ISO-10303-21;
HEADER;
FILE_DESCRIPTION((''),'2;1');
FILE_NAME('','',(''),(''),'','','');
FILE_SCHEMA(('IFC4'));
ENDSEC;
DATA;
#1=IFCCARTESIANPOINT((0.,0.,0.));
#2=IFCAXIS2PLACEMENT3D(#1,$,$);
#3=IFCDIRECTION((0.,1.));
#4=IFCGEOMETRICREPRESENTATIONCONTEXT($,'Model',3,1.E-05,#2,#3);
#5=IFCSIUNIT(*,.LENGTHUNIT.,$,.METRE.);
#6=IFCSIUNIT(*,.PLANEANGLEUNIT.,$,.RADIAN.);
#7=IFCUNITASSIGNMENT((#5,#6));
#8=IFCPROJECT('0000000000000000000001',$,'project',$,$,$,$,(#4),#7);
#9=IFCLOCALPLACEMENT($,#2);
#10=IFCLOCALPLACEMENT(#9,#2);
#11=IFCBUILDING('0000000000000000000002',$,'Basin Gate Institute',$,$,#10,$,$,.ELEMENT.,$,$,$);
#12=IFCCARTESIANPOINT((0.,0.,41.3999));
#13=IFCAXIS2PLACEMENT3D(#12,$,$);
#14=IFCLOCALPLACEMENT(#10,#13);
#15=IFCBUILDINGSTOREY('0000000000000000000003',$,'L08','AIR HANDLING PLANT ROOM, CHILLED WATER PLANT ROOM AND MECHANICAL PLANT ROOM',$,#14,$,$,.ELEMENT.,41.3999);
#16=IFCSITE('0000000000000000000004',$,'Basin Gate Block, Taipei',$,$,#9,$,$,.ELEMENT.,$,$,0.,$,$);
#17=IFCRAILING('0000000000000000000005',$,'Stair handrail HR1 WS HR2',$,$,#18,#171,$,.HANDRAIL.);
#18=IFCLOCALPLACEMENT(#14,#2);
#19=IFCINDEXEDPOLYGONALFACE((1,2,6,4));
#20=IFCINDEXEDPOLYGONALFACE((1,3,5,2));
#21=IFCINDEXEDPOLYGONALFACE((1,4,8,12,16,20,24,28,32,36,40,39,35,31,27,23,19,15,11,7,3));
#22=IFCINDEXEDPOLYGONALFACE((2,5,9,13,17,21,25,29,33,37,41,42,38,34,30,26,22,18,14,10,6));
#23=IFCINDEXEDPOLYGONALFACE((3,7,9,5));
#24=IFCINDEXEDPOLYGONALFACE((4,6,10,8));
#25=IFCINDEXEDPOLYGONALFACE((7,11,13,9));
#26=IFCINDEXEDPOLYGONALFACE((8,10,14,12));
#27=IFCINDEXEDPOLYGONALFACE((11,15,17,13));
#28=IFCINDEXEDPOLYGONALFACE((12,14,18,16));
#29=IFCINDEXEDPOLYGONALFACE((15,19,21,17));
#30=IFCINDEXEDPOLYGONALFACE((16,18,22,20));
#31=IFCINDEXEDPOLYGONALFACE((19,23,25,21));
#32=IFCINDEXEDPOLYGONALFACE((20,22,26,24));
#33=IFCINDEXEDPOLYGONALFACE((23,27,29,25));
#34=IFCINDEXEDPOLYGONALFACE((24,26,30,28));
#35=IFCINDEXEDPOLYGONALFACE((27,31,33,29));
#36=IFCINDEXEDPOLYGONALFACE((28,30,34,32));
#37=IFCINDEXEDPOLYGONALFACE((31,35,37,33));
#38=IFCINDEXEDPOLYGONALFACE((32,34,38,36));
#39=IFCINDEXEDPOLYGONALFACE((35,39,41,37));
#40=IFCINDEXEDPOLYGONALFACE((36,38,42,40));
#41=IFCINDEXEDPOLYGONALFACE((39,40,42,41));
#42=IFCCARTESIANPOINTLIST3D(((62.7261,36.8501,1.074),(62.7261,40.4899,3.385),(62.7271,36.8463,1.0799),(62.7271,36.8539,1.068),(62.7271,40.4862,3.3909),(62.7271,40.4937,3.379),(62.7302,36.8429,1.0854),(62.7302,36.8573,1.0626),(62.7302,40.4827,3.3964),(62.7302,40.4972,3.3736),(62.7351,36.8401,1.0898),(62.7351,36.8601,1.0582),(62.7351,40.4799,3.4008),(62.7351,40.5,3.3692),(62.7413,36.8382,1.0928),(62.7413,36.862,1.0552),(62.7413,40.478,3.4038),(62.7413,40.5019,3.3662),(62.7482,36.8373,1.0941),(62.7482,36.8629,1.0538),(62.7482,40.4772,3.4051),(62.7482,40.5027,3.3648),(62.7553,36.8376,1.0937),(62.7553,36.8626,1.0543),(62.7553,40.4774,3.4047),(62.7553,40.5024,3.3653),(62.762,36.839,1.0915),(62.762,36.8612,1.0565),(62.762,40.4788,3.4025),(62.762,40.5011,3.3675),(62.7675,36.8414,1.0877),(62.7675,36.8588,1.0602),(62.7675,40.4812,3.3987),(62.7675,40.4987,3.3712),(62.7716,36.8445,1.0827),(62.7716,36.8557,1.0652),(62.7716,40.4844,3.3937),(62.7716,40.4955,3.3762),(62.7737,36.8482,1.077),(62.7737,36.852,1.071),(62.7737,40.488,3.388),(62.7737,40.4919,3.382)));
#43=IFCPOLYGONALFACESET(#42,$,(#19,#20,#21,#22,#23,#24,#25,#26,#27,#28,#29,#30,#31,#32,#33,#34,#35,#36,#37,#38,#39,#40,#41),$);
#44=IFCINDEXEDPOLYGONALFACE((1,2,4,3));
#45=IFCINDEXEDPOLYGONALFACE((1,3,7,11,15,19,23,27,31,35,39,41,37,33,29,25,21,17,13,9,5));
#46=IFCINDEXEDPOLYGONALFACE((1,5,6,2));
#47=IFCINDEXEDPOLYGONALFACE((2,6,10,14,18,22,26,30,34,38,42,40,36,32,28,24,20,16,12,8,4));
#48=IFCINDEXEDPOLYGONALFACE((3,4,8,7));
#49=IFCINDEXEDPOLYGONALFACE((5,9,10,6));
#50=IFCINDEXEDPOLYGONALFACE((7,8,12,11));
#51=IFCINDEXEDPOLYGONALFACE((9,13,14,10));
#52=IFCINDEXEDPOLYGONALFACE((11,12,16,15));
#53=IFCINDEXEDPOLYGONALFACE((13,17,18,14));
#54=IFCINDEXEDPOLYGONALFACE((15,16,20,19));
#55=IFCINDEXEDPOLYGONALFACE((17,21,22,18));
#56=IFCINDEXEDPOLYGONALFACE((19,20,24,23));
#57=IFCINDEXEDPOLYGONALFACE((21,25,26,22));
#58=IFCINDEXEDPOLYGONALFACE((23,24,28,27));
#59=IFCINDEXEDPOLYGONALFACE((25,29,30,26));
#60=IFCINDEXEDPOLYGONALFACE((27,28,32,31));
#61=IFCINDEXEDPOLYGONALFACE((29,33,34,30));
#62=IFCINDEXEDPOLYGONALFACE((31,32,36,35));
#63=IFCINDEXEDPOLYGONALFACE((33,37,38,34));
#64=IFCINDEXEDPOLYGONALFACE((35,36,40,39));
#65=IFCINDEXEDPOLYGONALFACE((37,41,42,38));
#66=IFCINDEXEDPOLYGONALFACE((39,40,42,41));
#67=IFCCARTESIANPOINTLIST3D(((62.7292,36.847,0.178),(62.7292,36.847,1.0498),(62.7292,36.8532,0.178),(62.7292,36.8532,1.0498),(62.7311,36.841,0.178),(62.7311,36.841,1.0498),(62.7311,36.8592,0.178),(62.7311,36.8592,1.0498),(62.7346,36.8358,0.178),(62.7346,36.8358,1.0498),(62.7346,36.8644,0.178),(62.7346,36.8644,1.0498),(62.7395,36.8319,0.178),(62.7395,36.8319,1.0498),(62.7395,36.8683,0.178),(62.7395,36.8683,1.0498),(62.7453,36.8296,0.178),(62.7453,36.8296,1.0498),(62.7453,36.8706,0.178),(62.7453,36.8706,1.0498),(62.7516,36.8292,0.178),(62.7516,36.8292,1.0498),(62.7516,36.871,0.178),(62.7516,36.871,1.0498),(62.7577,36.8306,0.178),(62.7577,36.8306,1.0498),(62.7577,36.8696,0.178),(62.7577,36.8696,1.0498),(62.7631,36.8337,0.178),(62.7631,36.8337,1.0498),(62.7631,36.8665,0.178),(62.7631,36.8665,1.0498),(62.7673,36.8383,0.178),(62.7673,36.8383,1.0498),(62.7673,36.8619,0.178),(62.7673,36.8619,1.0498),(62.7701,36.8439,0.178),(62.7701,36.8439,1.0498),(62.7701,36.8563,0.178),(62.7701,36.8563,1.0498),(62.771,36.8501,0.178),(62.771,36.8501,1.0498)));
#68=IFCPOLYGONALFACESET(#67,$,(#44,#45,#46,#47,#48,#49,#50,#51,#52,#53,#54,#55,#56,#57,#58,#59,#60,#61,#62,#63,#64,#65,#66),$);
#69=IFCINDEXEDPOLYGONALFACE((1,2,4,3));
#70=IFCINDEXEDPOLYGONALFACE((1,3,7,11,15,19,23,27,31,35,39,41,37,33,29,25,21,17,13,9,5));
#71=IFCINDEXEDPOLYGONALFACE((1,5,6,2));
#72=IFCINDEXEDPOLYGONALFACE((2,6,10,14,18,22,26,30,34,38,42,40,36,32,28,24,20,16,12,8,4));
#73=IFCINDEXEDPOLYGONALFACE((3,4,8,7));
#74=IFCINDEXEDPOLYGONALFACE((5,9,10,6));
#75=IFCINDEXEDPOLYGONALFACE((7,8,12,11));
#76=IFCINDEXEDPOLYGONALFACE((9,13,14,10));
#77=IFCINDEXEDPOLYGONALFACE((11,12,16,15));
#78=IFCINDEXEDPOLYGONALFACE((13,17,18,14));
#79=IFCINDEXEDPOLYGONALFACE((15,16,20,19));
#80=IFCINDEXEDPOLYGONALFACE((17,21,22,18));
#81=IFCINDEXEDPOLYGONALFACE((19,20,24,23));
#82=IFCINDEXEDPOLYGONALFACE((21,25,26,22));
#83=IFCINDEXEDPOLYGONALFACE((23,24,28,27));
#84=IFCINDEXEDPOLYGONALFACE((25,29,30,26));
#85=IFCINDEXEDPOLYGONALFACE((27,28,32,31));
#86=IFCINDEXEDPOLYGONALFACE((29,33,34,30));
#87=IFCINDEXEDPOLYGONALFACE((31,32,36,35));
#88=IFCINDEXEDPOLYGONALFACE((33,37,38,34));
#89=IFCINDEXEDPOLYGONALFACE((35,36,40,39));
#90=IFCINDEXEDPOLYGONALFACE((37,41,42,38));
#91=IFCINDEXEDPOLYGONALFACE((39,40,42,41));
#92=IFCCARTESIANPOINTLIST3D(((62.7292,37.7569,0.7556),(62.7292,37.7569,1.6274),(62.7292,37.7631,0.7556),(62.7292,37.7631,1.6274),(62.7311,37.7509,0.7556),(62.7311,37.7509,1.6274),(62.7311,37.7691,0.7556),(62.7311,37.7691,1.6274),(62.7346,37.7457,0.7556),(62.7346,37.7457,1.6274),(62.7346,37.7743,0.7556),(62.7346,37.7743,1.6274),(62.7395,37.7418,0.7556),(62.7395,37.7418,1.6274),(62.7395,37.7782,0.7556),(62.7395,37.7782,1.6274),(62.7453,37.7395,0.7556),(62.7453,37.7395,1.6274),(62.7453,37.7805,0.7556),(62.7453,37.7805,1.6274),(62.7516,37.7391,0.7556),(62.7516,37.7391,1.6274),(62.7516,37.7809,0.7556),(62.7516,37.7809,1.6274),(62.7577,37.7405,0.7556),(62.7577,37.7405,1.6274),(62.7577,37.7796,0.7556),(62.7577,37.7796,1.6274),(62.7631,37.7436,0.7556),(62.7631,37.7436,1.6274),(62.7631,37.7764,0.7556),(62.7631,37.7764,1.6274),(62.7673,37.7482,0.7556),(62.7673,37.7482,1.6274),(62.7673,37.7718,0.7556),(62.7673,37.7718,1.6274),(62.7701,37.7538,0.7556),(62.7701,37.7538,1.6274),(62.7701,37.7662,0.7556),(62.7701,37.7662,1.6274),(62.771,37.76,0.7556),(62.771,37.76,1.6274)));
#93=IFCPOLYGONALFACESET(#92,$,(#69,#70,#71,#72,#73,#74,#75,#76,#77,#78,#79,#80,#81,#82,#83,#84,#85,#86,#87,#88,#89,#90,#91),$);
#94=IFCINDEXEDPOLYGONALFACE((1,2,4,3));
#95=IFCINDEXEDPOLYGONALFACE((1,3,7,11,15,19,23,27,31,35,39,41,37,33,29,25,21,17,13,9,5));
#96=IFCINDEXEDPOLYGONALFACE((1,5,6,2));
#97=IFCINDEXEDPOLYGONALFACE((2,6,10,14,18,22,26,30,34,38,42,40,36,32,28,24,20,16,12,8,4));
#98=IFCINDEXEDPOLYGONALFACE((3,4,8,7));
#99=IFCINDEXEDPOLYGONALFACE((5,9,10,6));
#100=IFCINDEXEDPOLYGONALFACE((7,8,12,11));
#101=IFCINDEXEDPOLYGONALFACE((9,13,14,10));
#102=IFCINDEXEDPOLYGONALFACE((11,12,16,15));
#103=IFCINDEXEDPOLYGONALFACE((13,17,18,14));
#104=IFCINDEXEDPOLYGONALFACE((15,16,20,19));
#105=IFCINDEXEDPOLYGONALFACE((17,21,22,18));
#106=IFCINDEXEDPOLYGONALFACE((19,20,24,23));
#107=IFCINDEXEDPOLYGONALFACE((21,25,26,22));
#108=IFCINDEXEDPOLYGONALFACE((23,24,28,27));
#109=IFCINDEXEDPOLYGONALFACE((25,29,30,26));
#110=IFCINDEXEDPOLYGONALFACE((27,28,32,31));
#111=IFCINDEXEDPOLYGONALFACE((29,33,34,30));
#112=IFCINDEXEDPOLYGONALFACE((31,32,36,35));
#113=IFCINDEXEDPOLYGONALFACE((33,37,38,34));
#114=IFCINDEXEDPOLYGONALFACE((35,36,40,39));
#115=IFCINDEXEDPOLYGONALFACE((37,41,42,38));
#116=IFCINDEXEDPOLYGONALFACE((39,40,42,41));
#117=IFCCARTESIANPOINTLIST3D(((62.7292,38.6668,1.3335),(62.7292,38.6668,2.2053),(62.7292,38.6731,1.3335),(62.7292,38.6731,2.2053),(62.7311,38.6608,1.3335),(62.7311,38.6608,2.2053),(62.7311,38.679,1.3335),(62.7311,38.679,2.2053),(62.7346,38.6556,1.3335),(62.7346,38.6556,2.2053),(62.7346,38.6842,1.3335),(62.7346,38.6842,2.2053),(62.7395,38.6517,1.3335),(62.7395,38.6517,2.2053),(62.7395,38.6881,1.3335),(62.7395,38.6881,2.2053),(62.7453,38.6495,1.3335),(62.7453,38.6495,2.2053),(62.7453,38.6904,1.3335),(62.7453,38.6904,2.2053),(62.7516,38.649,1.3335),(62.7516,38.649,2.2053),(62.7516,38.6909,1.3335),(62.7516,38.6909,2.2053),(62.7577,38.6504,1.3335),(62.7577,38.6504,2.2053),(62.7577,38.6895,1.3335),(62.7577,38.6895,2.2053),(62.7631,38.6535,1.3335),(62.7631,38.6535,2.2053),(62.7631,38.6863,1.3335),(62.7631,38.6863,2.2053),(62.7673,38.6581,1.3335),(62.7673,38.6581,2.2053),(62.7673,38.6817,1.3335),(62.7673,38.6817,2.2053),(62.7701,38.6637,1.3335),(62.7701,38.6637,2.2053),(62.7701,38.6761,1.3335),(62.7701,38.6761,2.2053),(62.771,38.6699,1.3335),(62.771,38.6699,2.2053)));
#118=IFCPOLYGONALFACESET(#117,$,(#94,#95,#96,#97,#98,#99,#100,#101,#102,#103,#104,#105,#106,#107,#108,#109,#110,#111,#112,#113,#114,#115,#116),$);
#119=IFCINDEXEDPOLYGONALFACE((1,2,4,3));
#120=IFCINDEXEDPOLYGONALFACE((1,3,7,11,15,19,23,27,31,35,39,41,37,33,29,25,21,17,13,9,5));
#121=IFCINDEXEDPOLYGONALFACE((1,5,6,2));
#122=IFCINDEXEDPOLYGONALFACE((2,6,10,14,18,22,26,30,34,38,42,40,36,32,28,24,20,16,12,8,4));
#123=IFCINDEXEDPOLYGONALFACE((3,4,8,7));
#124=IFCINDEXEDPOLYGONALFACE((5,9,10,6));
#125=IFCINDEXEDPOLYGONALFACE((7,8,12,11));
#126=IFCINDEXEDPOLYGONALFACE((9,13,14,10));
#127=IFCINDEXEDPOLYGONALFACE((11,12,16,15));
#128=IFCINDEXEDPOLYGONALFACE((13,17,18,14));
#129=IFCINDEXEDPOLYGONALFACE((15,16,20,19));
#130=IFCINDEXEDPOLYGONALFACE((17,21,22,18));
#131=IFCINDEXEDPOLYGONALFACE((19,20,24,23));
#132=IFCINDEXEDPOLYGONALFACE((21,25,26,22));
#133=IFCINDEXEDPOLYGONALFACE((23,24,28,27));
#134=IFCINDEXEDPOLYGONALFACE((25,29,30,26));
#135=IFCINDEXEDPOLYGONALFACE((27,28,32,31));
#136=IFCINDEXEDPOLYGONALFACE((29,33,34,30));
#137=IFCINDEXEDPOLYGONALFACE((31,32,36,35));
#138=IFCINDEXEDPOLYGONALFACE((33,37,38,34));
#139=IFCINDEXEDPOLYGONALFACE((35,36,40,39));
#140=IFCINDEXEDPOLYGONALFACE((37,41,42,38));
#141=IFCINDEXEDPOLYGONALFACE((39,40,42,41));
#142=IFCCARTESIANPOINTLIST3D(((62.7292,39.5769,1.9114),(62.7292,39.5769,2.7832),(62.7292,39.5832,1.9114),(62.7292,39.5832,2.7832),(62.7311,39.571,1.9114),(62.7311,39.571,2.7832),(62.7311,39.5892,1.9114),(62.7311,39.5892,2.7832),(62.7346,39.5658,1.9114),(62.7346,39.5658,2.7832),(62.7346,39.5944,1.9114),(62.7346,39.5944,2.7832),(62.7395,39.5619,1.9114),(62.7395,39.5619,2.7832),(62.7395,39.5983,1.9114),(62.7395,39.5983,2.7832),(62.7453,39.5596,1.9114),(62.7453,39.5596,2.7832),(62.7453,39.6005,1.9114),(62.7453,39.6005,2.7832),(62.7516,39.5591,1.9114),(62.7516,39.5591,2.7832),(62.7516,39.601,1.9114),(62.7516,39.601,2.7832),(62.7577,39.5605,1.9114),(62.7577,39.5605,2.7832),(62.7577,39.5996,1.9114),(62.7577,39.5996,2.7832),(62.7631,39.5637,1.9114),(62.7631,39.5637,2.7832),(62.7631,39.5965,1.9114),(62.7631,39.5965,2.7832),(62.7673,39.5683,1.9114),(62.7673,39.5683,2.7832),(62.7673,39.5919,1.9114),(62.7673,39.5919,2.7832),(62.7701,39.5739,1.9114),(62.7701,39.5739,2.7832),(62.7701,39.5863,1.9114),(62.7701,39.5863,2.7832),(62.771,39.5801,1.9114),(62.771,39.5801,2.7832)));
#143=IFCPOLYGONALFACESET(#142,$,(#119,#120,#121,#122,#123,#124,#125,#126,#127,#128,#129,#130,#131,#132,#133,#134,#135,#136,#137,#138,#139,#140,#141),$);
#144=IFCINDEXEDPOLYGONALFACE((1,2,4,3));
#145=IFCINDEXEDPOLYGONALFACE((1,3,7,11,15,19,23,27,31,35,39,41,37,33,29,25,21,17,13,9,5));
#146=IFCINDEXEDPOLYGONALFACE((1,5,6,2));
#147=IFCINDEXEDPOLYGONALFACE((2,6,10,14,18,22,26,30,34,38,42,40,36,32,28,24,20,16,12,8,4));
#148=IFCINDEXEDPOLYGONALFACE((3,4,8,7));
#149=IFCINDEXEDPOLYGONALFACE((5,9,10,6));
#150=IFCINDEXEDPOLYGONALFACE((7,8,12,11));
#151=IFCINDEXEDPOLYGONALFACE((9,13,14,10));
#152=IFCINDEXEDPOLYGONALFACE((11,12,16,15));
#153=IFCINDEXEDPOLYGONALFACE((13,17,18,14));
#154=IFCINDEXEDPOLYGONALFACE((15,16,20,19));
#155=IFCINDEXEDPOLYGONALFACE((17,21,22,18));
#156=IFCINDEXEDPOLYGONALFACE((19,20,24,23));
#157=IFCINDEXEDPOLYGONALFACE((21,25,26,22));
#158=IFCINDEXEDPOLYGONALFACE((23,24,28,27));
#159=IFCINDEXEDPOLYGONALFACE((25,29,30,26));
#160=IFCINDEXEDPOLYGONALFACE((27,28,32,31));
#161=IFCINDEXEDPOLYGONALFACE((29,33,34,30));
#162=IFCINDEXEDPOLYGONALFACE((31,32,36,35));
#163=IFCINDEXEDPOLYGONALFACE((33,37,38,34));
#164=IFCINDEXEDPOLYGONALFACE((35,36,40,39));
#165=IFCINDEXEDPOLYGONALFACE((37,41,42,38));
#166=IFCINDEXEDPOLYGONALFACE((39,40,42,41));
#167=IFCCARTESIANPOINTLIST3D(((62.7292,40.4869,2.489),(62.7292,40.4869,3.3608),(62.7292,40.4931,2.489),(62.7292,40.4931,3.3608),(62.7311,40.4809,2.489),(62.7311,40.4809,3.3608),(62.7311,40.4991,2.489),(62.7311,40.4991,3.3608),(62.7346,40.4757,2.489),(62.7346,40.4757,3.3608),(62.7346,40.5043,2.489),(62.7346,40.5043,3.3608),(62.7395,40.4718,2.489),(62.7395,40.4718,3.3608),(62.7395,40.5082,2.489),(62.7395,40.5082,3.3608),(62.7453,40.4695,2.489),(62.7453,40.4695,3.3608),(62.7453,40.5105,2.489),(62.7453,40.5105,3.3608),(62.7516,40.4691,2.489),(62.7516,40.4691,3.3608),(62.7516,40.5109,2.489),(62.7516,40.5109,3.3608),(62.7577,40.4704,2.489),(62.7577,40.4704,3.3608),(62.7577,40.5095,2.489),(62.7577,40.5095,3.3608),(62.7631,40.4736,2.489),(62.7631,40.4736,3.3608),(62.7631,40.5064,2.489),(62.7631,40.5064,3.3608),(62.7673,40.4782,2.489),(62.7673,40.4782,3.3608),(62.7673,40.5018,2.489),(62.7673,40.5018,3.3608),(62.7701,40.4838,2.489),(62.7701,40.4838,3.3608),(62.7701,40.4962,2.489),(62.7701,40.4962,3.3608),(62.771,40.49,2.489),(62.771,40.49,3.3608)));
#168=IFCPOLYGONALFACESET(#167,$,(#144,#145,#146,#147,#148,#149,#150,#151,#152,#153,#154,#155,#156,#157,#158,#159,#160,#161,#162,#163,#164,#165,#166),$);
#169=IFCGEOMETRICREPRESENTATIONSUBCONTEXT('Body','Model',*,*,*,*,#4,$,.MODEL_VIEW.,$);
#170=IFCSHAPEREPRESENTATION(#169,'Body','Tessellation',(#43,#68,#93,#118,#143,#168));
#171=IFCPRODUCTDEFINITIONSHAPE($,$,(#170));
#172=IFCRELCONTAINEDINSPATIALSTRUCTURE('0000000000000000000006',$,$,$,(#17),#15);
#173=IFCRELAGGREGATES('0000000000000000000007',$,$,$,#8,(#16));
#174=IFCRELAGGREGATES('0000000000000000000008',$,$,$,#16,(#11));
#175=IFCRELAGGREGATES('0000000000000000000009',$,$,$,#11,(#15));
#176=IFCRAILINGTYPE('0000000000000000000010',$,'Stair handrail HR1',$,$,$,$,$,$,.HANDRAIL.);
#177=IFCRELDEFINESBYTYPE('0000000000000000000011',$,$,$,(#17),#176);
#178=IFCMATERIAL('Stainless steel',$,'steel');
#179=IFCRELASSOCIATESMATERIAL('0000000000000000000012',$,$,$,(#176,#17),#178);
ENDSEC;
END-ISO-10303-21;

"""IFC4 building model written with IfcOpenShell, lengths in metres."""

from ifc_helpers import new_model, si_unit, direction, frame, origin, origin_2d, place, context, subcontext, project, spatial, circle, extrude, material, type_object, element, save


model = new_model("IFC4")

# Units and contexts
model_context = context("Model", 3, precision=1e-05, world=origin(), true_north=direction((0.0, 1.0)))
body_context = subcontext(model_context, "Body", "Model", "MODEL_VIEW")
ifc_project = project(units=[si_unit("LENGTHUNIT", "METRE"), si_unit("PLANEANGLEUNIT", "RADIAN")], contexts=[model_context])

# Site, building, storey
site_placement = place(None, origin())
site = spatial("IfcSite", under=ifc_project, at=site_placement, Name="Basin Gate Block, Taipei", CompositionType="ELEMENT", RefElevation=0.0)
building_placement = place(site_placement, origin())
building = spatial("IfcBuilding", under=site, at=building_placement, Name="Basin Gate Institute", CompositionType="ELEMENT")
storey_placement = place(building_placement, frame((0.0, 0.0, 41.3999)))
storey = spatial("IfcBuildingStorey", under=building, at=storey_placement, Name="L08", Description="AIR HANDLING PLANT ROOM, CHILLED WATER PLANT ROOM AND MECHANICAL PLANT ROOM", CompositionType="ELEMENT", Elevation=41.3999)

# Railing
ifc_material_1 = material(Name="Stainless steel", Category="steel")
railing_type_1 = type_object("IfcRailingType", Name="Stair handrail HR1", PredefinedType="HANDRAIL", material=ifc_material_1)
for number, where, name in (
    (1, (62.75, 36.8501, 0.178), "Stair handrail HR1 WS HR2"),
):
    element("IfcRailing", number, at=place(storey_placement, frame(where)), inside=storey, type_object=railing_type_1, material=ifc_material_1, Name=name, PredefinedType="HANDRAIL", context=body_context, shape_type="SweptSolid", body=[
        extrude(circle(Radius=0.0239, at=origin_2d()), frame((0.0, 0.0, 0.896), z_axis=(0.0, 0.844214, 0.536007), x_axis=(-1.0, 0.0, 0.0)), (0.0, 0.0, 1.0), 4.3115),
        extrude(circle(Radius=0.021, at=origin_2d()), origin(), (0.0, 0.0, 1.0), 0.8718),
        extrude(circle(Radius=0.021, at=origin_2d()), frame((0.0, 0.9099, 0.5776)), (0.0, 0.0, 1.0), 0.8718),
        extrude(circle(Radius=0.021, at=origin_2d()), frame((0.0, 1.8198, 1.1555)), (0.0, 0.0, 1.0), 0.8718),
        extrude(circle(Radius=0.021, at=origin_2d()), frame((0.0, 2.73, 1.7334)), (0.0, 0.0, 1.0), 0.8718),
        extrude(circle(Radius=0.021, at=origin_2d()), frame((0.0, 3.6399, 2.311)), (0.0, 0.0, 1.0), 0.8718),
    ])

save(model, "model.ifc")
